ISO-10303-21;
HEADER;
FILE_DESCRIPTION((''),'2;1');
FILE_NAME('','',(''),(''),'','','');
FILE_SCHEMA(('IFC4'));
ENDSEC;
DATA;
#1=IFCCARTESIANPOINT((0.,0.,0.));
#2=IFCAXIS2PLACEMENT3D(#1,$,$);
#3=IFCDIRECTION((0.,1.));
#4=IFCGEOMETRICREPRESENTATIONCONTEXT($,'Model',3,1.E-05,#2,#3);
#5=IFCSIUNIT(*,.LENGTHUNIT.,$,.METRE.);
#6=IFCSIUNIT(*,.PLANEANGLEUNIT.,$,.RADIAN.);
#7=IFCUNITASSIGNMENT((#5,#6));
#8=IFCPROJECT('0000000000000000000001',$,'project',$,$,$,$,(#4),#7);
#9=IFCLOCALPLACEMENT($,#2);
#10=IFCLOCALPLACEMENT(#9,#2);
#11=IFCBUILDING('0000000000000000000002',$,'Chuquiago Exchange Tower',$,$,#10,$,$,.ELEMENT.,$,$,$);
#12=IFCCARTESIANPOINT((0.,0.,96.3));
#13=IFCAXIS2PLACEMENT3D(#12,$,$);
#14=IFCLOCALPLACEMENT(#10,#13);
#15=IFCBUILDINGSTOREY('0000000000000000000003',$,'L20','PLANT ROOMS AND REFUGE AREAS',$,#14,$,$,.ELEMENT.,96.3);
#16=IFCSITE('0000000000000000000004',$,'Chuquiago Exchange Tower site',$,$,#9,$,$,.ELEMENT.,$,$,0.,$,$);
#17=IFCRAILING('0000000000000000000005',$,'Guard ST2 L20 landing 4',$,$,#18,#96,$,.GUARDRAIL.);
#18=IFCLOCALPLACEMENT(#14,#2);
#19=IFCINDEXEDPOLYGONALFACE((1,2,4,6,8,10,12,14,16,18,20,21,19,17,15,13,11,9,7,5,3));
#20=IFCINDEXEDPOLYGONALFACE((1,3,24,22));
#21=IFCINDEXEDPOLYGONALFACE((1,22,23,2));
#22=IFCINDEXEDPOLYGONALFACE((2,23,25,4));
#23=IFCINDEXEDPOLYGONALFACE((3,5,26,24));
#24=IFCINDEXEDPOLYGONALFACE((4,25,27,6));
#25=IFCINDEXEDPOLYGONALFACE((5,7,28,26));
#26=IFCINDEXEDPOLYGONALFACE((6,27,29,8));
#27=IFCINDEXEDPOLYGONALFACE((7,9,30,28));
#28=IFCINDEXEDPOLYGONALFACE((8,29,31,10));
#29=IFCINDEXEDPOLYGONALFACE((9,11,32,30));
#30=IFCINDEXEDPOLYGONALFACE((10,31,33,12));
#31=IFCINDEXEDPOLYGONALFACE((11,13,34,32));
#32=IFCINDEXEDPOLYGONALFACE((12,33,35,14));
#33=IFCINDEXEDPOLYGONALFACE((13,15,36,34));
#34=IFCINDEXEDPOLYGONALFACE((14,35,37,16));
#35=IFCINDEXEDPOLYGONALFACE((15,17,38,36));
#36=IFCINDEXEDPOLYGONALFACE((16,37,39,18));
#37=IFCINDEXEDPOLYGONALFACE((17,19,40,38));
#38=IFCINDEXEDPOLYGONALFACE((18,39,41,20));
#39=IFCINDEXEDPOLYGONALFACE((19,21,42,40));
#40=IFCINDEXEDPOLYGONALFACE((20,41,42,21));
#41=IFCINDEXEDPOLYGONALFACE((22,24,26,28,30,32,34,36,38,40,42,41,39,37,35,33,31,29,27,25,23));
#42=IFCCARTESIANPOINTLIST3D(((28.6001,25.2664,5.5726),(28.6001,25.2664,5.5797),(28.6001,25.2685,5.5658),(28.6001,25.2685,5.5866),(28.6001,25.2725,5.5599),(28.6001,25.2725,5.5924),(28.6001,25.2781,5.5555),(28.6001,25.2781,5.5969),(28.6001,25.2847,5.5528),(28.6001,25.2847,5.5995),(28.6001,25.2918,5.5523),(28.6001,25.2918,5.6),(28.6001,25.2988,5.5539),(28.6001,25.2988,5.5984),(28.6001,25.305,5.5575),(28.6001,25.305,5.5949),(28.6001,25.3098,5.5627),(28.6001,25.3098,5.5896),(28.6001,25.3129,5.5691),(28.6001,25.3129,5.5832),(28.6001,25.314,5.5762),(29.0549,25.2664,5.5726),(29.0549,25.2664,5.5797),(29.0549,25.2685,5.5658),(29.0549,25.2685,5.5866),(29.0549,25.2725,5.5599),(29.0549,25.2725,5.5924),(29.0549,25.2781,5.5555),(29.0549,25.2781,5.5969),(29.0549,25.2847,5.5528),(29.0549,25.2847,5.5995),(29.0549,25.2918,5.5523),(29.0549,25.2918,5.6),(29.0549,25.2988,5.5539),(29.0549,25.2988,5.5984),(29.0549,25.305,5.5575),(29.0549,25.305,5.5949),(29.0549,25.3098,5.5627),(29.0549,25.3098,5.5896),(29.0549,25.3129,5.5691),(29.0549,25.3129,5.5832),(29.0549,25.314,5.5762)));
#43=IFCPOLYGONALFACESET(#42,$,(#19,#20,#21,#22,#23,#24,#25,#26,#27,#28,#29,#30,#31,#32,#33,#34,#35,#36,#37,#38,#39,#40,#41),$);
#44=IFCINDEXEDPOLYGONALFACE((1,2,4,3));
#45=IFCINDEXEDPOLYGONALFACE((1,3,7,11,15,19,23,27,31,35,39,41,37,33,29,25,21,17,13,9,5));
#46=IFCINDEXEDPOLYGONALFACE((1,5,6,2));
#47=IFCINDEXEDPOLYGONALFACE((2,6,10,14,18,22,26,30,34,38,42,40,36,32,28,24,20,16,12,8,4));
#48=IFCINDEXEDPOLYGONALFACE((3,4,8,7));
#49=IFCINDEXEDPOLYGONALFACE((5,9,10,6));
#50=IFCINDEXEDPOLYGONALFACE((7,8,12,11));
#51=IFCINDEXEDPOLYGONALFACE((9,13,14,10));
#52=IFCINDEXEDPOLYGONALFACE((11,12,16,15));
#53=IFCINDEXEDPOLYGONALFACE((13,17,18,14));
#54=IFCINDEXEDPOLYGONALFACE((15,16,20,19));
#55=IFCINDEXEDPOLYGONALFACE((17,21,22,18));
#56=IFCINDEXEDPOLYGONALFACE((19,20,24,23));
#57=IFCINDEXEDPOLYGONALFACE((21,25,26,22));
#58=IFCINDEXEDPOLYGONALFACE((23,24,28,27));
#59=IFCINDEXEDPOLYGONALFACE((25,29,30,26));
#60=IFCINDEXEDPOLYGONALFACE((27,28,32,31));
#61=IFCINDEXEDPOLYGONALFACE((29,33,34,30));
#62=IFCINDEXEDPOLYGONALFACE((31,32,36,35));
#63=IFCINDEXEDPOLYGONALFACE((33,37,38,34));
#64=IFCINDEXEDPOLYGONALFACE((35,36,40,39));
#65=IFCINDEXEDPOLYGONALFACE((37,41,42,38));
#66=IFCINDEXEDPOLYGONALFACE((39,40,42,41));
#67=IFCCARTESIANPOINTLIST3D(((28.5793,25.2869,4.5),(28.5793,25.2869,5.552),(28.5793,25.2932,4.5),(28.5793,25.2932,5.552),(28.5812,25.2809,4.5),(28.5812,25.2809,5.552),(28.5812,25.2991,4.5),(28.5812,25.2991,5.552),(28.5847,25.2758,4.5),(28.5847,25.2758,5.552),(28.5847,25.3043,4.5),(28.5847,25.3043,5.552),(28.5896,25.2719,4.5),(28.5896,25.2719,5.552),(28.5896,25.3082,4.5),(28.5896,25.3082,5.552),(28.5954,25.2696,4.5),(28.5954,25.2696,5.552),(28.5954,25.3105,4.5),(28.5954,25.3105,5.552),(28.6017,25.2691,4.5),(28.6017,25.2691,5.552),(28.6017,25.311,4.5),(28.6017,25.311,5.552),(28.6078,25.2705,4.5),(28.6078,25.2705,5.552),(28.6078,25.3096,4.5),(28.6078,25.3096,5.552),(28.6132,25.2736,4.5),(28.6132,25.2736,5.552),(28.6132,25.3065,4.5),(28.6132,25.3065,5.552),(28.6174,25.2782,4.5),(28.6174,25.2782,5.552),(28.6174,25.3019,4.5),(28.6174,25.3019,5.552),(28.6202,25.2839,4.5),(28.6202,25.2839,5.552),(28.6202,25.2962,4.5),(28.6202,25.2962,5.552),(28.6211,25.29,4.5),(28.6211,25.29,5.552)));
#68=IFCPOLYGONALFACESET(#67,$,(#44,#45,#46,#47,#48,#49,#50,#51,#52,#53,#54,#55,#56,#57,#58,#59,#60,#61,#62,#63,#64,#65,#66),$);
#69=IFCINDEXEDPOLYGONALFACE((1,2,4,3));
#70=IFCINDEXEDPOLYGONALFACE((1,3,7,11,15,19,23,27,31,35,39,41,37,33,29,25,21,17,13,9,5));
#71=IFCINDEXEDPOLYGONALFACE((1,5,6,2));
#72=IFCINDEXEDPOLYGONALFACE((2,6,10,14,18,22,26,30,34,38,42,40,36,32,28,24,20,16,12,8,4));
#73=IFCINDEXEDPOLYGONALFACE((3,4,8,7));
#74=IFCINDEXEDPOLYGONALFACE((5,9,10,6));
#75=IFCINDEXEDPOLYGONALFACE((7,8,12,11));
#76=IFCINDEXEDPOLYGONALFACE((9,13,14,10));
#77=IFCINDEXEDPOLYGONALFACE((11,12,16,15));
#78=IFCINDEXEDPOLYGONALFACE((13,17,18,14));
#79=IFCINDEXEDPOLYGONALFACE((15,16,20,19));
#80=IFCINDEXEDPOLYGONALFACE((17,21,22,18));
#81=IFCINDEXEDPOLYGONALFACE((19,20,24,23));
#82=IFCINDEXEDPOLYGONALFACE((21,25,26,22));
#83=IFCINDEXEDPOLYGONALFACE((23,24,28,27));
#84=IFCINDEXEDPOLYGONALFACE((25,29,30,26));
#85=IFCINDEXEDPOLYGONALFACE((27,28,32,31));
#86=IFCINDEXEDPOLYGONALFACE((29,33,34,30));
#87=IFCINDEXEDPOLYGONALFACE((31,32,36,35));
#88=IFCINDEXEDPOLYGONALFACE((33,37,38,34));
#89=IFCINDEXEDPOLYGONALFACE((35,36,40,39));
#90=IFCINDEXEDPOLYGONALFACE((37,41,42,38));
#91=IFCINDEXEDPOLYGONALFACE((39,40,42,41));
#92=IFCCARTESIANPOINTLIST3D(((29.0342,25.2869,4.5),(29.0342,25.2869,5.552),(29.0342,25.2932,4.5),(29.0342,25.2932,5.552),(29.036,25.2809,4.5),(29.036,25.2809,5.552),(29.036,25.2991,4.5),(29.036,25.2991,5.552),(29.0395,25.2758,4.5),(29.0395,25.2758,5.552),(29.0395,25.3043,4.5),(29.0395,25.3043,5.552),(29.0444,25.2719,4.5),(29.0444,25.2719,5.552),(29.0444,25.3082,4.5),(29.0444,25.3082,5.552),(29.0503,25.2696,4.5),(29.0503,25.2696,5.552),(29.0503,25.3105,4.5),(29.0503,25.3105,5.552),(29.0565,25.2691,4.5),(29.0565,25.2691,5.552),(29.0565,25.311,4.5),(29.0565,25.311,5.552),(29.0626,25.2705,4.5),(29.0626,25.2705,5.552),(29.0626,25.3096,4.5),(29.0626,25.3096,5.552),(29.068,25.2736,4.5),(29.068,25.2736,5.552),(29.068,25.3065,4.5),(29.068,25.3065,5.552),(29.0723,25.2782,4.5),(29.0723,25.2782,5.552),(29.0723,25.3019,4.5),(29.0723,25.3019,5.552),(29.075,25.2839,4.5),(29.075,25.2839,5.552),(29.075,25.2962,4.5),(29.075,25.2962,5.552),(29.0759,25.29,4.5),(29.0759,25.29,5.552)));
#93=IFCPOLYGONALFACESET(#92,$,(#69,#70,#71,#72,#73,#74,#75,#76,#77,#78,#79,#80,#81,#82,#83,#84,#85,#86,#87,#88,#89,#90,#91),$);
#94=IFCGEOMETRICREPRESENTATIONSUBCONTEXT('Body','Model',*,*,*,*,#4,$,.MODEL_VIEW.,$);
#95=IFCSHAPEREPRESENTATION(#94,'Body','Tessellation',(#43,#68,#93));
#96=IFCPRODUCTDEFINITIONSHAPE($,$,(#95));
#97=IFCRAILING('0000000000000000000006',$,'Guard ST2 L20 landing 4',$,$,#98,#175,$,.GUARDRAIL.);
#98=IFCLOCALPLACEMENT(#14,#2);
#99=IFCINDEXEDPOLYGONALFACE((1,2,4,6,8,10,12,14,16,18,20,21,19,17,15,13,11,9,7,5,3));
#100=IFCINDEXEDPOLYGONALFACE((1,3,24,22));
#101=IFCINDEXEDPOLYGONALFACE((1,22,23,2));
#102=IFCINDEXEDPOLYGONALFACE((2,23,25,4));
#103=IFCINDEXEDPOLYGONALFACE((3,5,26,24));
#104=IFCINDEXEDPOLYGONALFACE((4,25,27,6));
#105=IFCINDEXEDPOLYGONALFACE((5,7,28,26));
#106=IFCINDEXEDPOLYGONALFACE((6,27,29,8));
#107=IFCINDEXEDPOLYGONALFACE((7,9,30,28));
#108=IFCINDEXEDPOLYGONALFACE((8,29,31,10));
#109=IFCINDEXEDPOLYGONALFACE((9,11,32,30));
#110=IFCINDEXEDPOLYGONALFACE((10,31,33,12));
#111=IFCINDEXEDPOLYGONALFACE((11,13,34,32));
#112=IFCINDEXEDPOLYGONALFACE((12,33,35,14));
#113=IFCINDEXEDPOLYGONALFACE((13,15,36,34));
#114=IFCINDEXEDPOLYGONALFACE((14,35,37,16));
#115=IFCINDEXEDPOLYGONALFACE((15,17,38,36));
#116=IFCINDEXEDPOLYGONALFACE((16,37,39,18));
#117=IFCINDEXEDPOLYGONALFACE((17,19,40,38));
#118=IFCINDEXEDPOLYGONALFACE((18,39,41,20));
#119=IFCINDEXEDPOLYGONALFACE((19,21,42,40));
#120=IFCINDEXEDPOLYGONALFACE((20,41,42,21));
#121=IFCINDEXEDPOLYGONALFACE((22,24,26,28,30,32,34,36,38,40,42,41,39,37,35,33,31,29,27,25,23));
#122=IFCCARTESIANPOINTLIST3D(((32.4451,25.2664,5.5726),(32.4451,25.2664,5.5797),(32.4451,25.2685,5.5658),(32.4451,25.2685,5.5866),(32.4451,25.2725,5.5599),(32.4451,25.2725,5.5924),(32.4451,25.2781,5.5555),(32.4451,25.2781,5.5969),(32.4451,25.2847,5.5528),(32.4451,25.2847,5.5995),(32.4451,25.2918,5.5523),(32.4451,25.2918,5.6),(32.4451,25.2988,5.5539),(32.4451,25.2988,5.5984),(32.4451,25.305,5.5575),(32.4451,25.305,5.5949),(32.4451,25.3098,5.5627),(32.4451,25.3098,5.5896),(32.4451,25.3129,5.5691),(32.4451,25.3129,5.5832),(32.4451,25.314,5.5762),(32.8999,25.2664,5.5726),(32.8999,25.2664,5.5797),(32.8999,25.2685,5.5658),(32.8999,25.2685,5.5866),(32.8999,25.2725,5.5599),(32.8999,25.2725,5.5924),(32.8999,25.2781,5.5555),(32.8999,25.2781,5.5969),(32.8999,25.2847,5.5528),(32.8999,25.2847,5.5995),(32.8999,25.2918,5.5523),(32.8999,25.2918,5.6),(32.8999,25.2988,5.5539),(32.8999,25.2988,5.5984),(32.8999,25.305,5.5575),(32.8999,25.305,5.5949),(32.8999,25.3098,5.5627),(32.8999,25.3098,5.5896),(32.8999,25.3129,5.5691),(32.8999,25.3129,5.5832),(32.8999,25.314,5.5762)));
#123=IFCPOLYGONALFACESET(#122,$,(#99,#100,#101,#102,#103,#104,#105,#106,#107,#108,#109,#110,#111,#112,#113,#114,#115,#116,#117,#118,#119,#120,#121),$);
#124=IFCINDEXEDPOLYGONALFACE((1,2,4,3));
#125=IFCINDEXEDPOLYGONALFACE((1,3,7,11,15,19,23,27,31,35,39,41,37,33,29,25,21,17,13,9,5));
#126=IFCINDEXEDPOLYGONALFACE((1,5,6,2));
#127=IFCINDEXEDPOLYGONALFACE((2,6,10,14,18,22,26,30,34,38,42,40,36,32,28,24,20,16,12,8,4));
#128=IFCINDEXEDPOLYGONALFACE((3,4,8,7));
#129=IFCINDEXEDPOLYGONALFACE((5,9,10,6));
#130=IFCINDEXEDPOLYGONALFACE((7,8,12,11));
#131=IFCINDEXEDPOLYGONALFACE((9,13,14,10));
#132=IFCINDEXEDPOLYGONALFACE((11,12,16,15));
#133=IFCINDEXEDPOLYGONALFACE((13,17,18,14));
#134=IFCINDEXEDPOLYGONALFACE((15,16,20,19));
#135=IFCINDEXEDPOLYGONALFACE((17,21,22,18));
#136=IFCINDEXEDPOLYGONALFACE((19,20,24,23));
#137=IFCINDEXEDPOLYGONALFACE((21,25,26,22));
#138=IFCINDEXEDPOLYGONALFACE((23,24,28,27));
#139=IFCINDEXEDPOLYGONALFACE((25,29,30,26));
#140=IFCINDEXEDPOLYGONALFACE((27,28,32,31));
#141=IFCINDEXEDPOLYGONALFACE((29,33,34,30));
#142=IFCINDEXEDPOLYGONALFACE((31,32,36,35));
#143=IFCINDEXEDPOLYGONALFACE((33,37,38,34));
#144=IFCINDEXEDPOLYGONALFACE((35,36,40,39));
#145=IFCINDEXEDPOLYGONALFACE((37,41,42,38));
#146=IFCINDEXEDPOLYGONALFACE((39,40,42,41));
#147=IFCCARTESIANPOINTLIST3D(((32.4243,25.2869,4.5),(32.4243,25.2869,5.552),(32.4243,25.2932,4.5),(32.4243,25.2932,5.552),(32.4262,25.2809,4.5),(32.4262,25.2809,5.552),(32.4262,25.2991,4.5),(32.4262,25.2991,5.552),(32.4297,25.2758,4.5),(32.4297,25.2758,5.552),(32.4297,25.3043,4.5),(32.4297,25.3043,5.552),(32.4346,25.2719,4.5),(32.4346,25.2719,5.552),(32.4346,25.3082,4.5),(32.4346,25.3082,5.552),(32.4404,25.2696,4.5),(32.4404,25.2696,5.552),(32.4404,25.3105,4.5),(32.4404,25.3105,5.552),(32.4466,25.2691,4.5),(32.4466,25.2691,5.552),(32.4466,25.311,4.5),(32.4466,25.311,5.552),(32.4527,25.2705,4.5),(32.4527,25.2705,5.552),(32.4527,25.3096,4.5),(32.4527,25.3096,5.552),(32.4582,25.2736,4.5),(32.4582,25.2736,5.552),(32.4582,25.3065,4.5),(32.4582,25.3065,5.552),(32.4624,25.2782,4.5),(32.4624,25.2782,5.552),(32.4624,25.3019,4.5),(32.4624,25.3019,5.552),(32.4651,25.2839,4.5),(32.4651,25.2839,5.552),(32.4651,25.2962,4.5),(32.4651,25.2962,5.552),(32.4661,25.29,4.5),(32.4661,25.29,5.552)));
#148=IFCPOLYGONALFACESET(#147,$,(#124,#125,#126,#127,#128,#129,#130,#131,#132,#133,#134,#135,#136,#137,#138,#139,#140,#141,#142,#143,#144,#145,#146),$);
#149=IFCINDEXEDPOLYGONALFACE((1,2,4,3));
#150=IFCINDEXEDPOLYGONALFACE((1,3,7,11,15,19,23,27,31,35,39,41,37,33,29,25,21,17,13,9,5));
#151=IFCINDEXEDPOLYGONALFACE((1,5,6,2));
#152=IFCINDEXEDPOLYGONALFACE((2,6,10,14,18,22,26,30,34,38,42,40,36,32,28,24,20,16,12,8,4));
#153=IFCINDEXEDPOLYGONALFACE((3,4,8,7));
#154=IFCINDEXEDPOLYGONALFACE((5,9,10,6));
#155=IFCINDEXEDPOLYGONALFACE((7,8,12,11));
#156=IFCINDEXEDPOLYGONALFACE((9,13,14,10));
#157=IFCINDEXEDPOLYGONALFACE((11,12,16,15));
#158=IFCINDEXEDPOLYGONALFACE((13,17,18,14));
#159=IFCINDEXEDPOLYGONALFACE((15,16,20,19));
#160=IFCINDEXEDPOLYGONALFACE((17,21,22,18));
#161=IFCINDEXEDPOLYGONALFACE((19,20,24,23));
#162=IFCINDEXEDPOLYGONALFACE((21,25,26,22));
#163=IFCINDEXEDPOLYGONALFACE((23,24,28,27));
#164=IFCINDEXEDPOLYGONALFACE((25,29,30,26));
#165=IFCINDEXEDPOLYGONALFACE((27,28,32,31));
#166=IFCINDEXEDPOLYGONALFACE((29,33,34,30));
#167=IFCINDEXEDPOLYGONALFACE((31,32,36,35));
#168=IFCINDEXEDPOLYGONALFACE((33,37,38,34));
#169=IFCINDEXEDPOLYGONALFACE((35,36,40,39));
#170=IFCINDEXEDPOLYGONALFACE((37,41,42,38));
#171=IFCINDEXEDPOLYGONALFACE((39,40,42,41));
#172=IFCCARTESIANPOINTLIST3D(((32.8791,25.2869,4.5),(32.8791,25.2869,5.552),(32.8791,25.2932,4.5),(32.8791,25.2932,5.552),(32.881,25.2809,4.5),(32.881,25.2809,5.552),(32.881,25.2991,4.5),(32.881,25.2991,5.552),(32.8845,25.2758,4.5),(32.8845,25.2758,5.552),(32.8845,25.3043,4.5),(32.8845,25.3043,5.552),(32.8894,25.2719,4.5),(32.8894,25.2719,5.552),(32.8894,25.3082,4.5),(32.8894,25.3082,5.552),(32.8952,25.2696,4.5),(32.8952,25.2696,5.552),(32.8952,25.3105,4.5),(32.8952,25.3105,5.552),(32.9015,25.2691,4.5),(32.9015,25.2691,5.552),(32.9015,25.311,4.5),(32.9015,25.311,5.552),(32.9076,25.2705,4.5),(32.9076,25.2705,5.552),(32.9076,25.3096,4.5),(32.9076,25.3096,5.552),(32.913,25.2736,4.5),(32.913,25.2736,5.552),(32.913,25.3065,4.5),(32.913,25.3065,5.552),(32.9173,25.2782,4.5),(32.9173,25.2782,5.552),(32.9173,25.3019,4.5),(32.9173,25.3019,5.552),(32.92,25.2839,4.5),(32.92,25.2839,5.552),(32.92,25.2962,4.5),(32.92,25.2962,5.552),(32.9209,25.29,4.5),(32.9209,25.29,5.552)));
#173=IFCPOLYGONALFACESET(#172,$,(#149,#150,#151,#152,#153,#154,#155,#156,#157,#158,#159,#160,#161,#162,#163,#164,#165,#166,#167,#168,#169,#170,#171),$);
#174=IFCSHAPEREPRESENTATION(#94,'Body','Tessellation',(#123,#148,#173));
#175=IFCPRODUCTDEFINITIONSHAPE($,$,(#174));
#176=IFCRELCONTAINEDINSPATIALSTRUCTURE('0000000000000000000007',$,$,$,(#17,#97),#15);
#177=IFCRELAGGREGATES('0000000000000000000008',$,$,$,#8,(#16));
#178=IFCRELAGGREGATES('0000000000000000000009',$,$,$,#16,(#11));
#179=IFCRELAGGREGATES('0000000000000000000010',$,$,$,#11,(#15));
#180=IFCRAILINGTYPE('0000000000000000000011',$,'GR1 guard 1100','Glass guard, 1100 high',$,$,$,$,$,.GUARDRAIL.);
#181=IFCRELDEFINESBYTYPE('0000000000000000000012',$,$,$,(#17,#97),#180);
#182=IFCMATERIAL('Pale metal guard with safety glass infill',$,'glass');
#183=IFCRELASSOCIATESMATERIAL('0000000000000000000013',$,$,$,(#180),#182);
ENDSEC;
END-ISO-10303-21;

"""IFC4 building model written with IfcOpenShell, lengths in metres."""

from ifc_helpers import new_model, si_unit, direction, frame, origin, origin_2d, place, context, subcontext, project, spatial, circle, extrude, material, type_object, element, save


model = new_model("IFC4")

# Units and contexts
model_context = context("Model", 3, precision=1e-05, world=origin(), true_north=direction((0.0, 1.0)))
body_context = subcontext(model_context, "Body", "Model", "MODEL_VIEW")
ifc_project = project(units=[si_unit("LENGTHUNIT", "METRE"), si_unit("PLANEANGLEUNIT", "RADIAN")], contexts=[model_context])

# Site, building, storey
site_placement = place(None, origin())
site = spatial("IfcSite", under=ifc_project, at=site_placement, Name="Chuquiago Exchange Tower site", CompositionType="ELEMENT", RefElevation=0.0)
building_placement = place(site_placement, origin())
building = spatial("IfcBuilding", under=site, at=building_placement, Name="Chuquiago Exchange Tower", CompositionType="ELEMENT")
storey_placement = place(building_placement, frame((0.0, 0.0, 96.3)))
storey = spatial("IfcBuildingStorey", under=building, at=storey_placement, Name="L20", Description="PLANT ROOMS AND REFUGE AREAS", CompositionType="ELEMENT", Elevation=96.3)

# Railings
ifc_material_1 = material(Name="Pale metal guard with safety glass infill", Category="glass")
railing_type_1 = type_object("IfcRailingType", Name="GR1 guard 1100", Description="Glass guard, 1100 high", PredefinedType="GUARDRAIL", material=ifc_material_1)
for number, where, name in (
    (1, (28.6001, 25.29, 4.5), "Guard ST2 L20 landing 4"),
    (2, (32.4451, 25.29, 4.5), "Guard ST2 L20 landing 4"),
):
    element("IfcRailing", number, at=place(storey_placement, frame(where)), inside=storey, type_object=railing_type_1, Name=name, PredefinedType="GUARDRAIL", context=body_context, shape_type="SweptSolid", body=[
        extrude(circle(Radius=0.0239, at=origin_2d()), frame((0.0, 0.0, 1.0762), z_axis=(1.0, 0.0, 0.0), x_axis=(0.0, 1.0, 0.0)), (0.0, 0.0, 1.0), 0.4548),
        extrude(circle(Radius=0.021, at=origin_2d()), origin(), (0.0, 0.0, 1.0), 1.052),
        extrude(circle(Radius=0.021, at=origin_2d()), frame((0.4548, 0.0, 0.0)), (0.0, 0.0, 1.0), 1.052),
    ])

save(model, "model.ifc")
